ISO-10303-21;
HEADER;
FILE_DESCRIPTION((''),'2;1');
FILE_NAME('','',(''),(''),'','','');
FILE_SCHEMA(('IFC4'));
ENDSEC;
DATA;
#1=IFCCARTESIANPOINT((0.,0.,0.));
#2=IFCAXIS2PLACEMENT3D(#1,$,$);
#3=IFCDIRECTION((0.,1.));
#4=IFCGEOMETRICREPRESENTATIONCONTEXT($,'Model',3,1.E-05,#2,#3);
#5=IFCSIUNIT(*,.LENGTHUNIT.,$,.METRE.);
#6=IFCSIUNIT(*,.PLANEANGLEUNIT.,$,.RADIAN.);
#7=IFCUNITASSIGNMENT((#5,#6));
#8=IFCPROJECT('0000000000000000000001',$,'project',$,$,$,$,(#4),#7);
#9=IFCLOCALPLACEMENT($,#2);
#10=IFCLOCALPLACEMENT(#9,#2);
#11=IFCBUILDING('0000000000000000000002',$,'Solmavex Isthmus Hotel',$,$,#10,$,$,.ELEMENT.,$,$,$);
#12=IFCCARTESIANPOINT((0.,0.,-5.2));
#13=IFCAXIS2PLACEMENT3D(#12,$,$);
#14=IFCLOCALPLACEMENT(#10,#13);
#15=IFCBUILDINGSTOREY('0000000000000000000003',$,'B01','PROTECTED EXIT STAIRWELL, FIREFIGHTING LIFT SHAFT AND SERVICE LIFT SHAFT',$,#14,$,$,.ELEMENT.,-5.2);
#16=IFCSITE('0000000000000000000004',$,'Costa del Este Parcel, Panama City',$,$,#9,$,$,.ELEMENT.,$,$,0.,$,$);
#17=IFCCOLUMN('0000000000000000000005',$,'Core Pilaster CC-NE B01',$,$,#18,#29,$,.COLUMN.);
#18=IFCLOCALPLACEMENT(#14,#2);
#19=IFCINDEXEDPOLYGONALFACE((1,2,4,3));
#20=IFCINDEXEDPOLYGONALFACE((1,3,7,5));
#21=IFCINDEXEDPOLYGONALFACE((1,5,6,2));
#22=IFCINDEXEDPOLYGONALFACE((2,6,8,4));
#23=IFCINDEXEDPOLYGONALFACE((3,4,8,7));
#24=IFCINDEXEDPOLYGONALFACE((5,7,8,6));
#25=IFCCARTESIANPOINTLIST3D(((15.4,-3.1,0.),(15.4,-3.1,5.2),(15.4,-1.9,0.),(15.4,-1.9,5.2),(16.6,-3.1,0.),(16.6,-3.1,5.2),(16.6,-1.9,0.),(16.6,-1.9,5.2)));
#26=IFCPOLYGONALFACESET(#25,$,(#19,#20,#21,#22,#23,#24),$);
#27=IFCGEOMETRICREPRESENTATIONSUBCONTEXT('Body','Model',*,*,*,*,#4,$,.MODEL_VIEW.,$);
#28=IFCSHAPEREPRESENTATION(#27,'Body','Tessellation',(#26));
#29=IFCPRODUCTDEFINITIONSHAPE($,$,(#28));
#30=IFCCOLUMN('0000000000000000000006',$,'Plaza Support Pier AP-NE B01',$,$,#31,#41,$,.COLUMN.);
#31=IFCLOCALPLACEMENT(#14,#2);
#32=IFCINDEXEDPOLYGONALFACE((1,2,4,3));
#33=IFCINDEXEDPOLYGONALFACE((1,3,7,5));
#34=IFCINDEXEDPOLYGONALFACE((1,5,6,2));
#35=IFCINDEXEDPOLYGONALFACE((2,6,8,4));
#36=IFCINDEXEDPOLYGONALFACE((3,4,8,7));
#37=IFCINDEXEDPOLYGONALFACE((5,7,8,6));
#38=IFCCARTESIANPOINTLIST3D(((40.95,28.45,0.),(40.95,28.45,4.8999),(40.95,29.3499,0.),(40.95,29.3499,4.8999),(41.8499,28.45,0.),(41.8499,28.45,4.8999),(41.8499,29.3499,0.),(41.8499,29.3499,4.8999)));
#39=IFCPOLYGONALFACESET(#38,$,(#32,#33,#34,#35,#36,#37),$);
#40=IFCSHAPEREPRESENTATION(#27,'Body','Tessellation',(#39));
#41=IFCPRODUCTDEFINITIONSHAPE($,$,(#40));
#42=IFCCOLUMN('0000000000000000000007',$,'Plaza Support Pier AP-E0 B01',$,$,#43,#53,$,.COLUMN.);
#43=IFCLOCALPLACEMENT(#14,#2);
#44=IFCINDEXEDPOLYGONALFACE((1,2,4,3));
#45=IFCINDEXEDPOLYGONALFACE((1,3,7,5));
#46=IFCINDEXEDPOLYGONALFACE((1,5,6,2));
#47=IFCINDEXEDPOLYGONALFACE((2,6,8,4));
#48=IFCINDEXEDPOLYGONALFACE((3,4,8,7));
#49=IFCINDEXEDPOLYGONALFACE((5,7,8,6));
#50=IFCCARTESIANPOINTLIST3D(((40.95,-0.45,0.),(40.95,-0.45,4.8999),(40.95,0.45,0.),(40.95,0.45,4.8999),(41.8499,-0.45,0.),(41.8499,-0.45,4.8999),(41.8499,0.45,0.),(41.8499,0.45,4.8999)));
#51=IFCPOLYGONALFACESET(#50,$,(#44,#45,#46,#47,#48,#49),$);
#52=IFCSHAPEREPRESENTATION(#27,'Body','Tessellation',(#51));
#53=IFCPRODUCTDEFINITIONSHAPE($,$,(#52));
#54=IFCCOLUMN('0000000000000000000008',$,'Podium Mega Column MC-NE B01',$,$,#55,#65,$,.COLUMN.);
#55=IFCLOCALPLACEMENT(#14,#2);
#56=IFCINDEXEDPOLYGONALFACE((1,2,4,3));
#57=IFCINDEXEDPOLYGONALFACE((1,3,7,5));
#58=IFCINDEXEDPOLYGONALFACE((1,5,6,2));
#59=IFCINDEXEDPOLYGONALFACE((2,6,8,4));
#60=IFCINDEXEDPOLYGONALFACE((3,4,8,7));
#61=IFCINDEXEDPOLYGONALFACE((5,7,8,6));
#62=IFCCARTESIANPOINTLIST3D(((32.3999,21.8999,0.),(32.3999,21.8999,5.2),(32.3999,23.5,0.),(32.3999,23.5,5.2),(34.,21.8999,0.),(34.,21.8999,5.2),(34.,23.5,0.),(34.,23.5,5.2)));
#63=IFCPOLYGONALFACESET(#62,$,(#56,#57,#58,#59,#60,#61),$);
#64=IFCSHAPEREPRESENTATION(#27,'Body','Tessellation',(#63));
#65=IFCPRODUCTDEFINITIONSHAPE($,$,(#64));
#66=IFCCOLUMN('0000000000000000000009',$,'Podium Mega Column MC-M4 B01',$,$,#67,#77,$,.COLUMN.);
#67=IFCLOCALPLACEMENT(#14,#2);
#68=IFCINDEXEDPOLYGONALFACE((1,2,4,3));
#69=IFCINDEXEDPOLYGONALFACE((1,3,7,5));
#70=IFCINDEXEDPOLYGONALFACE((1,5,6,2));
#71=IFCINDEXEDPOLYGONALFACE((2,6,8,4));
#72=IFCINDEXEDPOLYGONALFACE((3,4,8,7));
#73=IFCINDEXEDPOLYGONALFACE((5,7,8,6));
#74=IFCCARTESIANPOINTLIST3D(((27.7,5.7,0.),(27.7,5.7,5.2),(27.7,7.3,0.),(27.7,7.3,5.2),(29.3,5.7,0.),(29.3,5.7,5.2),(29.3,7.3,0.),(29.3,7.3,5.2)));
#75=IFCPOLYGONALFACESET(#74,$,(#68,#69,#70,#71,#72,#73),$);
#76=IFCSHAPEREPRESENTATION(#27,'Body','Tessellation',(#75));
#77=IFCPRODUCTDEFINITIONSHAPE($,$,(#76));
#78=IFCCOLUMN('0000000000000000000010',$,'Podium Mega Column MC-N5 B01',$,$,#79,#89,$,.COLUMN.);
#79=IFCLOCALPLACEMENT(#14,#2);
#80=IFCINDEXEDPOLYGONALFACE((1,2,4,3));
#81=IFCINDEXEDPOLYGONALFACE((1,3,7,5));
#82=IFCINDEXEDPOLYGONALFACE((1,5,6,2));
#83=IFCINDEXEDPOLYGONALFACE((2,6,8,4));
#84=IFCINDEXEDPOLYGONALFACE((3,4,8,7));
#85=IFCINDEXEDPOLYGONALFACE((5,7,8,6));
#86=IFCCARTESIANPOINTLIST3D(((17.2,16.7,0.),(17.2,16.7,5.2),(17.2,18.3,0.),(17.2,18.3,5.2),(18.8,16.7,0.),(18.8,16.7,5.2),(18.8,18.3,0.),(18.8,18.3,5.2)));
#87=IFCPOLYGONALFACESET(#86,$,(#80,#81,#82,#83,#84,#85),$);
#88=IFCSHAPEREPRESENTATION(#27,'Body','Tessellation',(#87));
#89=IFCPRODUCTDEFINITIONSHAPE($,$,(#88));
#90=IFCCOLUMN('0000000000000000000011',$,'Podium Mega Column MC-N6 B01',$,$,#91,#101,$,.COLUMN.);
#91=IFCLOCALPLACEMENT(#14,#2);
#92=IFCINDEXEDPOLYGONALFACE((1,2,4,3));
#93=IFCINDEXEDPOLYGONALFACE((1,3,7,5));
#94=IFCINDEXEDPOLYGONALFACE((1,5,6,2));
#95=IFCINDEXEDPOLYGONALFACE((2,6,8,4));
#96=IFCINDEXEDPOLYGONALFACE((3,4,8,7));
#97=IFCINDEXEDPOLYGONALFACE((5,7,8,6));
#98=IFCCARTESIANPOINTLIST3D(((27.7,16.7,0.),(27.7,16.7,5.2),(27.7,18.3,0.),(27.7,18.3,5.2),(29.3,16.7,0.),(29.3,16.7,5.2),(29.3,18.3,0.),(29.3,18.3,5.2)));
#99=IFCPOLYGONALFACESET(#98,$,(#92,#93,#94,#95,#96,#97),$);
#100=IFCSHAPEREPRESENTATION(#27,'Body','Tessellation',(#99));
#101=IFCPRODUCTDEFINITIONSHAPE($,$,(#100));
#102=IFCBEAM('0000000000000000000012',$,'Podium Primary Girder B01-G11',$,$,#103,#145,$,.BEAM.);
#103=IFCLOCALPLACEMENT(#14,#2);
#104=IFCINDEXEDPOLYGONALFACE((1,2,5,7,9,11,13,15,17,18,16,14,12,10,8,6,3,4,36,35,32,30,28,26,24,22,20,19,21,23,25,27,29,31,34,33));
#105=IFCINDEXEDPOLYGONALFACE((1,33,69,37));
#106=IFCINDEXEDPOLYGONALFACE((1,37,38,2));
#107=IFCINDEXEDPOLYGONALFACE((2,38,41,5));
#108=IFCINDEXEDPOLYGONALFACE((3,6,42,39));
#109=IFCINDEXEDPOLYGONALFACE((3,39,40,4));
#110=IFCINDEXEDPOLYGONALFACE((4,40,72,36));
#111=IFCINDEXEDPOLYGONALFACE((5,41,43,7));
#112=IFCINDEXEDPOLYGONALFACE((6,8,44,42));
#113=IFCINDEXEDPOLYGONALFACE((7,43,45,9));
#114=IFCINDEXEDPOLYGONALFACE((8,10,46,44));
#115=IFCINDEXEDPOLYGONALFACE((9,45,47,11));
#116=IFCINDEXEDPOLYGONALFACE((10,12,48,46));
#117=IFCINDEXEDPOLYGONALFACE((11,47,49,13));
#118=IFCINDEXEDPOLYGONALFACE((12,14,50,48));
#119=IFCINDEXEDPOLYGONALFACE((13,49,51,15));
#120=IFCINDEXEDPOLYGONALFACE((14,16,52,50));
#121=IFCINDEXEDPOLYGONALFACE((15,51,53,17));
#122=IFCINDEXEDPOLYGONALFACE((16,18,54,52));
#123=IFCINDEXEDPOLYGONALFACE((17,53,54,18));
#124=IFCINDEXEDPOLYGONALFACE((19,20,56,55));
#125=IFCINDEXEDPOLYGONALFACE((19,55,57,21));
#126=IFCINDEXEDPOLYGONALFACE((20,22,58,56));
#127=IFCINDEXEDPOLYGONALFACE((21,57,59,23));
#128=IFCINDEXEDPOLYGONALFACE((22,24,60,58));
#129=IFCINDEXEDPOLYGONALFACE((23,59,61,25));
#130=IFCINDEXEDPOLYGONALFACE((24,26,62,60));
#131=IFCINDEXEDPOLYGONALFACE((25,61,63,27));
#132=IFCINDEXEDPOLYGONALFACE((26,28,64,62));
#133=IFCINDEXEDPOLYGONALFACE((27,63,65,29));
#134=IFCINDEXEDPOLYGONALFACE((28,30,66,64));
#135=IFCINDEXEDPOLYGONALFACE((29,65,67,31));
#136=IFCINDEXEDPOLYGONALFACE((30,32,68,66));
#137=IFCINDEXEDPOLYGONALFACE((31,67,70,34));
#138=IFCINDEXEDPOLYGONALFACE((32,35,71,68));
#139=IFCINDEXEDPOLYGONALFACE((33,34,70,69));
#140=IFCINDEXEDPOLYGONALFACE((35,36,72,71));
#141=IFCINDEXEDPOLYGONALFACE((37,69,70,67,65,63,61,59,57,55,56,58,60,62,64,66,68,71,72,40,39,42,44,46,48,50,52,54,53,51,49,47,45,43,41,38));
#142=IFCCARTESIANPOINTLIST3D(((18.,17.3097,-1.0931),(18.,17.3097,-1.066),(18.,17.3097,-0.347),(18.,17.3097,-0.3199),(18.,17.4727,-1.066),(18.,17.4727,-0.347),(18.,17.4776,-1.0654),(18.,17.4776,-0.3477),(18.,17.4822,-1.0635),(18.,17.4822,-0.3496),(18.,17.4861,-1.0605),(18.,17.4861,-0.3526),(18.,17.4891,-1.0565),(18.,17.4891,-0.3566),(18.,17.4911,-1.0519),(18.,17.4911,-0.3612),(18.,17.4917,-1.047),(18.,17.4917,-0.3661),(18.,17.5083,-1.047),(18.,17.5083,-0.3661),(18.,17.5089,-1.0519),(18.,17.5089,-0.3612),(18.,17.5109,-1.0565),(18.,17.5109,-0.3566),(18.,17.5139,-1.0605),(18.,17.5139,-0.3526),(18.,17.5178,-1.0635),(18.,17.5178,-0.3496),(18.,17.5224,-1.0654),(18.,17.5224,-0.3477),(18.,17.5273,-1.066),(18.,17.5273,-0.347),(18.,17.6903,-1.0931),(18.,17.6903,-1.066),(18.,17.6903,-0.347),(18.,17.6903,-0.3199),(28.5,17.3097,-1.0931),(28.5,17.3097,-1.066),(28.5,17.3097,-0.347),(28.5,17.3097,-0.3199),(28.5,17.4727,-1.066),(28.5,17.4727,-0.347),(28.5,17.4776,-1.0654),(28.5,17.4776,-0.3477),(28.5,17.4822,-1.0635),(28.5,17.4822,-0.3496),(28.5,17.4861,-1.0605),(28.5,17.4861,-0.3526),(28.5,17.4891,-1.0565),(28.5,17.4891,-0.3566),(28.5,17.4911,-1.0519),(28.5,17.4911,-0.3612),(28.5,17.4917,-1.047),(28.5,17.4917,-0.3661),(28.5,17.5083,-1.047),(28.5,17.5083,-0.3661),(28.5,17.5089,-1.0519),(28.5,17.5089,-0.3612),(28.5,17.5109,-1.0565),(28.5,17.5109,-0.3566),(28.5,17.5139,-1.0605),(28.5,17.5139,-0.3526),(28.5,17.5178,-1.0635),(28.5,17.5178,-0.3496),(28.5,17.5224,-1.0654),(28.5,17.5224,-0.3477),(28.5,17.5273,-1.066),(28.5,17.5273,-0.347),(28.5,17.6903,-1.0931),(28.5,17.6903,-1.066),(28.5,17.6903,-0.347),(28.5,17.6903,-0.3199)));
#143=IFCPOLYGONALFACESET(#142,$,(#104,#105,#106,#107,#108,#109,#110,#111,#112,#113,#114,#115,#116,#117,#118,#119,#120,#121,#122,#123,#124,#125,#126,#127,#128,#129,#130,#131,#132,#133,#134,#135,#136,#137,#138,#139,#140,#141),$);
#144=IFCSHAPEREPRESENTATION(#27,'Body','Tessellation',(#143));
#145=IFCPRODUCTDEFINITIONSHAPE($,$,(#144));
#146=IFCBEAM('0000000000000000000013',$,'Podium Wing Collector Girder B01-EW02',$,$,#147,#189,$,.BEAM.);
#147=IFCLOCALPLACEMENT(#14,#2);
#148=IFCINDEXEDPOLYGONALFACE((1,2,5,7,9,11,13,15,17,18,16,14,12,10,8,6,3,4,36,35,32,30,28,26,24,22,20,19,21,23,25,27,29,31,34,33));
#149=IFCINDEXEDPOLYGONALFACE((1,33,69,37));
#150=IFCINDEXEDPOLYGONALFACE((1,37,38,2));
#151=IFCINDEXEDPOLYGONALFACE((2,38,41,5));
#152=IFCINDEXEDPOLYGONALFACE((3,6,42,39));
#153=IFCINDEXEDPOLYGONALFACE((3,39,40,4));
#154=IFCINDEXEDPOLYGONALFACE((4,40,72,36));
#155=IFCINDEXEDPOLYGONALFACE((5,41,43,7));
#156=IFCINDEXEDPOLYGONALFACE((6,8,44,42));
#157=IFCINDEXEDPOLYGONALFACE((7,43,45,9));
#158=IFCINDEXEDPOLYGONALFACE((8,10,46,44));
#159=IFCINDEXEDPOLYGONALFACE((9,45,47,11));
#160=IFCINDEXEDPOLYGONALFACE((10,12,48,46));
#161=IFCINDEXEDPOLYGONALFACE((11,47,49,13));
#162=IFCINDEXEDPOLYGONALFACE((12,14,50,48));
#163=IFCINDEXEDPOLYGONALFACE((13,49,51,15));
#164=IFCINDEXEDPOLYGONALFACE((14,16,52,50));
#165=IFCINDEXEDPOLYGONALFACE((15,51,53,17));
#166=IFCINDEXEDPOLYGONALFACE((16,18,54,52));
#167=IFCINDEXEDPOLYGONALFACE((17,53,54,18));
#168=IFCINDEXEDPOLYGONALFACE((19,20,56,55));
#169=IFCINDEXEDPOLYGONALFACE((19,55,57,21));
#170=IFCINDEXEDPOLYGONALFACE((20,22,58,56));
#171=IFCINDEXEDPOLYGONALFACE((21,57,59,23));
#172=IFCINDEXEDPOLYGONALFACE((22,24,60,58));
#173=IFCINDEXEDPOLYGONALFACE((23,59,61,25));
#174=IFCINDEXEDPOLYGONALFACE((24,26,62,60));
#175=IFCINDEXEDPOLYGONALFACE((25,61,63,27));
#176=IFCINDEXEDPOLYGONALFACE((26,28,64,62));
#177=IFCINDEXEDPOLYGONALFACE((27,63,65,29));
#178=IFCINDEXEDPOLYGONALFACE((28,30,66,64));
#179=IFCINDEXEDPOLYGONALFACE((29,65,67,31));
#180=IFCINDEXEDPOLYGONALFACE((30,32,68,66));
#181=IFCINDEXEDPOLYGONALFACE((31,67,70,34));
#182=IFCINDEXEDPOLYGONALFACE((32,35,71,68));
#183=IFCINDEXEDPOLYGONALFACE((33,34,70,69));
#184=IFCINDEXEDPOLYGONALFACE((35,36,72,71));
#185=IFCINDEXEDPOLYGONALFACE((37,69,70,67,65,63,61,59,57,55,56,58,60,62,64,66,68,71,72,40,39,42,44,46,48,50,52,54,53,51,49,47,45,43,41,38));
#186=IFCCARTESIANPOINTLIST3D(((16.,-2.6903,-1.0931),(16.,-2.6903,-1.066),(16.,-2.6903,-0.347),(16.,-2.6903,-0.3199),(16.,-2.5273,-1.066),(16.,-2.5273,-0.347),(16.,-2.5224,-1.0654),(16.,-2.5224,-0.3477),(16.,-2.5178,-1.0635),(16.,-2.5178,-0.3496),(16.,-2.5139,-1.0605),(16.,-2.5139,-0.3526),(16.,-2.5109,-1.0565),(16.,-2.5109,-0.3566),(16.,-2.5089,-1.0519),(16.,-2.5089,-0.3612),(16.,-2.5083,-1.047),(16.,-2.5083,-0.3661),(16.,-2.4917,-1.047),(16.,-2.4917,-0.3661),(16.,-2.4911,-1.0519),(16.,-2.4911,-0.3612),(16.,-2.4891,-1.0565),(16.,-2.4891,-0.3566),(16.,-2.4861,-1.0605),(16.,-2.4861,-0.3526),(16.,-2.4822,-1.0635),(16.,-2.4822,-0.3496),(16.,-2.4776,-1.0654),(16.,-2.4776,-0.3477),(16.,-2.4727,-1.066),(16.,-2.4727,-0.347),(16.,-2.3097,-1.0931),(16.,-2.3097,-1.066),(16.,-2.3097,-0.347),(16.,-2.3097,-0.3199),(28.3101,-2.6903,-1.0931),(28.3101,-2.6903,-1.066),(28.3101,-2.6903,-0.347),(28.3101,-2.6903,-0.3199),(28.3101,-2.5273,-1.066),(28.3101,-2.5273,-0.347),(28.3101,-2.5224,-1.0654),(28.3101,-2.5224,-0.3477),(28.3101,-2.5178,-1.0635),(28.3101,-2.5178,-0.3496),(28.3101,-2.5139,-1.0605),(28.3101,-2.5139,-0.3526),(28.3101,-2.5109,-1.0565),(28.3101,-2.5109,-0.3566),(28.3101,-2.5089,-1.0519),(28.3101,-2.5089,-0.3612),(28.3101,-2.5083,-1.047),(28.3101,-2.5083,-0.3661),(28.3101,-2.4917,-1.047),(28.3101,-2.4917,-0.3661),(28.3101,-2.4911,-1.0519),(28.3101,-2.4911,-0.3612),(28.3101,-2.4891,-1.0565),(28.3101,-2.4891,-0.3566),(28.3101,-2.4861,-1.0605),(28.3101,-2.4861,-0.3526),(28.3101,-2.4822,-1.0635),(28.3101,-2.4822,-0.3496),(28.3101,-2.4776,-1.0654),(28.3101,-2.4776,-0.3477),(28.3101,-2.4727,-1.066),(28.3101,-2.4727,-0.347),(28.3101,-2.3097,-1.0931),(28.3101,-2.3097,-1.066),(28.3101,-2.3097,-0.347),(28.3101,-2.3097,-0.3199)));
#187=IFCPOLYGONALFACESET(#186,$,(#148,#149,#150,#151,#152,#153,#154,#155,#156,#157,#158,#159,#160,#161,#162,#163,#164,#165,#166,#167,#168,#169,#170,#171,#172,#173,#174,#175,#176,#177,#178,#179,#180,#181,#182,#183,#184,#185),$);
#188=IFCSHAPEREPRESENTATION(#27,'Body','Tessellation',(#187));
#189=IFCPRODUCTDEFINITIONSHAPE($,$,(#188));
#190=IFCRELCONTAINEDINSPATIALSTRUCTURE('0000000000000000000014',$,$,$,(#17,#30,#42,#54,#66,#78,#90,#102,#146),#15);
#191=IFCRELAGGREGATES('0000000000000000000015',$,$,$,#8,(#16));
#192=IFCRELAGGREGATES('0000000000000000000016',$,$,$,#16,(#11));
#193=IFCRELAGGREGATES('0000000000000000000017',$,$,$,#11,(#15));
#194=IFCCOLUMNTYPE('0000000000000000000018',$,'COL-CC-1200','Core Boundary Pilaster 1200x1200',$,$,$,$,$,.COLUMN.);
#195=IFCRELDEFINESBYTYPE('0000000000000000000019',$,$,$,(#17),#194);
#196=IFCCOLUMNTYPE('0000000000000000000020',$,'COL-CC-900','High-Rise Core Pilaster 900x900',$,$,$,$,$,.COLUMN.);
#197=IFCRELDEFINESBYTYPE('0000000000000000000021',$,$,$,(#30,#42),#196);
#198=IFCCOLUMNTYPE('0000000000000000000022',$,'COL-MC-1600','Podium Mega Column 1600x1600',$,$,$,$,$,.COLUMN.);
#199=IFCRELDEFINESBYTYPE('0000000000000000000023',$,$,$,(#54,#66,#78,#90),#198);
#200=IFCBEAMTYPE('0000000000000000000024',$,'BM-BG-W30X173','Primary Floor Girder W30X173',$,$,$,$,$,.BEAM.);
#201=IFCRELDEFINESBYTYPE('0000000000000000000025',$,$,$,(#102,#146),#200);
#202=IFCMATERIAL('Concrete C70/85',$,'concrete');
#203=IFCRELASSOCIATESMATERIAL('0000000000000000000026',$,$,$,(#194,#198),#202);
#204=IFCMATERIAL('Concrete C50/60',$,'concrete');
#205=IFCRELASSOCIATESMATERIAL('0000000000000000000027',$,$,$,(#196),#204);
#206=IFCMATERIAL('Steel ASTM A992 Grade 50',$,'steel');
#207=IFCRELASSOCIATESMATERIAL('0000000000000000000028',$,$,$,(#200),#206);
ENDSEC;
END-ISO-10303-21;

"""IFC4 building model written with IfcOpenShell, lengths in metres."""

from ifc_helpers import new_model, si_unit, direction, frame, origin, origin_2d, place, context, subcontext, project, spatial, rectangle, i_section, extrude, material, material_profile, profile_set, type_object, element, save


model = new_model("IFC4")

# Units and contexts
model_context = context("Model", 3, precision=1e-05, world=origin(), true_north=direction((0.0, 1.0)))
body_context = subcontext(model_context, "Body", "Model", "MODEL_VIEW")
ifc_project = project(units=[si_unit("LENGTHUNIT", "METRE"), si_unit("PLANEANGLEUNIT", "RADIAN")], contexts=[model_context])

# Site, building, storey
site_placement = place(None, origin())
site = spatial("IfcSite", under=ifc_project, at=site_placement, Name="Costa del Este Parcel, Panama City", CompositionType="ELEMENT", RefElevation=0.0)
building_placement = place(site_placement, origin())
building = spatial("IfcBuilding", under=site, at=building_placement, Name="Solmavex Isthmus Hotel", CompositionType="ELEMENT")
storey_placement = place(building_placement, frame((0.0, 0.0, -5.2)))
storey = spatial("IfcBuildingStorey", under=building, at=storey_placement, Name="B01", Description="PROTECTED EXIT STAIRWELL, FIREFIGHTING LIFT SHAFT AND SERVICE LIFT SHAFT", CompositionType="ELEMENT", Elevation=-5.2)

# Columns
ifc_material_1 = material(Name="Concrete C70/85", Category="concrete")
ifc_material_profile_1 = material_profile(ifc_material_1, rectangle(XDim=1.2, YDim=1.2, at=origin_2d()), Name="RC1200X1200")
ifc_profile_set_1 = profile_set([ifc_material_profile_1], Name="Concrete C70/85")
column_type_1 = type_object("IfcColumnType", Name="COL-CC-1200", Description="Core Boundary Pilaster 1200x1200", PredefinedType="COLUMN", material=ifc_profile_set_1)
column_placement = place(storey_placement, frame((16.0, -2.5, 0.0), z_axis=(0.0, 0.0, 1.0), x_axis=(1.0, 0.0, 0.0)))
element("IfcColumn", 1, at=column_placement, inside=storey, type_object=column_type_1, Name="Core Pilaster CC-NE B01", PredefinedType="COLUMN", context=body_context, shape_type="SweptSolid", body=[
    extrude(rectangle(XDim=1.2, YDim=1.2, at=origin_2d()), origin(), (0.0, 0.0, 1.0), 5.2),
])
ifc_material_2 = material(Name="Concrete C50/60", Category="concrete")
ifc_material_profile_2 = material_profile(ifc_material_2, rectangle(XDim=0.8999, YDim=0.8999, at=origin_2d()), Name="RC900X900")
ifc_profile_set_2 = profile_set([ifc_material_profile_2], Name="Concrete C50/60")
column_type_2 = type_object("IfcColumnType", Name="COL-CC-900", Description="High-Rise Core Pilaster 900x900", PredefinedType="COLUMN", material=ifc_profile_set_2)
for number, where, z_axis, x_axis, name in (
    (2, (41.3999, 28.8999, 0.0), (0.0, 0.0, 1.0), (1.0, 0.0, 0.0), "Plaza Support Pier AP-NE B01"),
    (3, (41.3999, 0.0, 0.0), (0.0, 0.0, 1.0), (1.0, 0.0, 0.0), "Plaza Support Pier AP-E0 B01"),
):
    element("IfcColumn", number, at=place(storey_placement, frame(where, z_axis=z_axis, x_axis=x_axis)), inside=storey, type_object=column_type_2, Name=name, PredefinedType="COLUMN", context=body_context, shape_type="SweptSolid", body=[
        extrude(rectangle(XDim=0.8999, YDim=0.8999, at=origin_2d()), origin(), (0.0, 0.0, 1.0), 4.8999),
    ])
ifc_material_profile_3 = material_profile(ifc_material_1, rectangle(XDim=1.6001, YDim=1.6001, at=origin_2d()), Name="RC1600X1600")
ifc_profile_set_3 = profile_set([ifc_material_profile_3], Name="Concrete C70/85")
column_type_3 = type_object("IfcColumnType", Name="COL-MC-1600", Description="Podium Mega Column 1600x1600", PredefinedType="COLUMN", material=ifc_profile_set_3)
for number, where, z_axis, x_axis, name in (
    (4, (33.2, 22.7, 0.0), (0.0, 0.0, 1.0), (1.0, 0.0, 0.0), "Podium Mega Column MC-NE B01"),
    (5, (28.5, 6.5, 0.0), (0.0, 0.0, 1.0), (1.0, 0.0, 0.0), "Podium Mega Column MC-M4 B01"),
    (6, (18.0, 17.5, 0.0), (0.0, 0.0, 1.0), (1.0, 0.0, 0.0), "Podium Mega Column MC-N5 B01"),
    (7, (28.5, 17.5, 0.0), (0.0, 0.0, 1.0), (1.0, 0.0, 0.0), "Podium Mega Column MC-N6 B01"),
):
    element("IfcColumn", number, at=place(storey_placement, frame(where, z_axis=z_axis, x_axis=x_axis)), inside=storey, type_object=column_type_3, Name=name, PredefinedType="COLUMN", context=body_context, shape_type="SweptSolid", body=[
        extrude(rectangle(XDim=1.6001, YDim=1.6001, at=origin_2d()), origin(), (0.0, 0.0, 1.0), 5.2),
    ])

# Beams
ifc_material_3 = material(Name="Steel ASTM A992 Grade 50", Category="steel")
ifc_material_profile_4 = material_profile(ifc_material_3, i_section(OverallWidth=0.3806, OverallDepth=0.7732, WebThickness=0.0166, FlangeThickness=0.0271, FilletRadius=0.019, at=origin_2d()), Name="W30X173")
ifc_profile_set_4 = profile_set([ifc_material_profile_4], Name="Steel ASTM A992 Grade 50")
beam_type_1 = type_object("IfcBeamType", Name="BM-BG-W30X173", Description="Primary Floor Girder W30X173", PredefinedType="BEAM", material=ifc_profile_set_4)
beam_1_placement = place(storey_placement, frame((18.0, 17.5, -0.7065), z_axis=(1.0, 0.0, 0.0), x_axis=(0.0, 1.0, 0.0)))
element("IfcBeam", 8, at=beam_1_placement, inside=storey, type_object=beam_type_1, Name="Podium Primary Girder B01-G11", PredefinedType="BEAM", context=body_context, shape_type="SweptSolid", body=[
    extrude(i_section(OverallWidth=0.3806, OverallDepth=0.7732, WebThickness=0.0166, FlangeThickness=0.0271, FilletRadius=0.019, at=origin_2d()), origin(), (0.0, 0.0, 1.0), 10.5),
])
beam_2_placement = place(storey_placement, frame((16.0, -2.5, -0.7065), z_axis=(1.0, 0.0, 0.0), x_axis=(0.0, 1.0, 0.0)))
element("IfcBeam", 9, at=beam_2_placement, inside=storey, type_object=beam_type_1, Name="Podium Wing Collector Girder B01-EW02", PredefinedType="BEAM", context=body_context, shape_type="SweptSolid", body=[
    extrude(i_section(OverallWidth=0.3806, OverallDepth=0.7732, WebThickness=0.0166, FlangeThickness=0.0271, FilletRadius=0.019, at=origin_2d()), origin(), (0.0, 0.0, 1.0), 12.3101),
])

save(model, "model.ifc")
